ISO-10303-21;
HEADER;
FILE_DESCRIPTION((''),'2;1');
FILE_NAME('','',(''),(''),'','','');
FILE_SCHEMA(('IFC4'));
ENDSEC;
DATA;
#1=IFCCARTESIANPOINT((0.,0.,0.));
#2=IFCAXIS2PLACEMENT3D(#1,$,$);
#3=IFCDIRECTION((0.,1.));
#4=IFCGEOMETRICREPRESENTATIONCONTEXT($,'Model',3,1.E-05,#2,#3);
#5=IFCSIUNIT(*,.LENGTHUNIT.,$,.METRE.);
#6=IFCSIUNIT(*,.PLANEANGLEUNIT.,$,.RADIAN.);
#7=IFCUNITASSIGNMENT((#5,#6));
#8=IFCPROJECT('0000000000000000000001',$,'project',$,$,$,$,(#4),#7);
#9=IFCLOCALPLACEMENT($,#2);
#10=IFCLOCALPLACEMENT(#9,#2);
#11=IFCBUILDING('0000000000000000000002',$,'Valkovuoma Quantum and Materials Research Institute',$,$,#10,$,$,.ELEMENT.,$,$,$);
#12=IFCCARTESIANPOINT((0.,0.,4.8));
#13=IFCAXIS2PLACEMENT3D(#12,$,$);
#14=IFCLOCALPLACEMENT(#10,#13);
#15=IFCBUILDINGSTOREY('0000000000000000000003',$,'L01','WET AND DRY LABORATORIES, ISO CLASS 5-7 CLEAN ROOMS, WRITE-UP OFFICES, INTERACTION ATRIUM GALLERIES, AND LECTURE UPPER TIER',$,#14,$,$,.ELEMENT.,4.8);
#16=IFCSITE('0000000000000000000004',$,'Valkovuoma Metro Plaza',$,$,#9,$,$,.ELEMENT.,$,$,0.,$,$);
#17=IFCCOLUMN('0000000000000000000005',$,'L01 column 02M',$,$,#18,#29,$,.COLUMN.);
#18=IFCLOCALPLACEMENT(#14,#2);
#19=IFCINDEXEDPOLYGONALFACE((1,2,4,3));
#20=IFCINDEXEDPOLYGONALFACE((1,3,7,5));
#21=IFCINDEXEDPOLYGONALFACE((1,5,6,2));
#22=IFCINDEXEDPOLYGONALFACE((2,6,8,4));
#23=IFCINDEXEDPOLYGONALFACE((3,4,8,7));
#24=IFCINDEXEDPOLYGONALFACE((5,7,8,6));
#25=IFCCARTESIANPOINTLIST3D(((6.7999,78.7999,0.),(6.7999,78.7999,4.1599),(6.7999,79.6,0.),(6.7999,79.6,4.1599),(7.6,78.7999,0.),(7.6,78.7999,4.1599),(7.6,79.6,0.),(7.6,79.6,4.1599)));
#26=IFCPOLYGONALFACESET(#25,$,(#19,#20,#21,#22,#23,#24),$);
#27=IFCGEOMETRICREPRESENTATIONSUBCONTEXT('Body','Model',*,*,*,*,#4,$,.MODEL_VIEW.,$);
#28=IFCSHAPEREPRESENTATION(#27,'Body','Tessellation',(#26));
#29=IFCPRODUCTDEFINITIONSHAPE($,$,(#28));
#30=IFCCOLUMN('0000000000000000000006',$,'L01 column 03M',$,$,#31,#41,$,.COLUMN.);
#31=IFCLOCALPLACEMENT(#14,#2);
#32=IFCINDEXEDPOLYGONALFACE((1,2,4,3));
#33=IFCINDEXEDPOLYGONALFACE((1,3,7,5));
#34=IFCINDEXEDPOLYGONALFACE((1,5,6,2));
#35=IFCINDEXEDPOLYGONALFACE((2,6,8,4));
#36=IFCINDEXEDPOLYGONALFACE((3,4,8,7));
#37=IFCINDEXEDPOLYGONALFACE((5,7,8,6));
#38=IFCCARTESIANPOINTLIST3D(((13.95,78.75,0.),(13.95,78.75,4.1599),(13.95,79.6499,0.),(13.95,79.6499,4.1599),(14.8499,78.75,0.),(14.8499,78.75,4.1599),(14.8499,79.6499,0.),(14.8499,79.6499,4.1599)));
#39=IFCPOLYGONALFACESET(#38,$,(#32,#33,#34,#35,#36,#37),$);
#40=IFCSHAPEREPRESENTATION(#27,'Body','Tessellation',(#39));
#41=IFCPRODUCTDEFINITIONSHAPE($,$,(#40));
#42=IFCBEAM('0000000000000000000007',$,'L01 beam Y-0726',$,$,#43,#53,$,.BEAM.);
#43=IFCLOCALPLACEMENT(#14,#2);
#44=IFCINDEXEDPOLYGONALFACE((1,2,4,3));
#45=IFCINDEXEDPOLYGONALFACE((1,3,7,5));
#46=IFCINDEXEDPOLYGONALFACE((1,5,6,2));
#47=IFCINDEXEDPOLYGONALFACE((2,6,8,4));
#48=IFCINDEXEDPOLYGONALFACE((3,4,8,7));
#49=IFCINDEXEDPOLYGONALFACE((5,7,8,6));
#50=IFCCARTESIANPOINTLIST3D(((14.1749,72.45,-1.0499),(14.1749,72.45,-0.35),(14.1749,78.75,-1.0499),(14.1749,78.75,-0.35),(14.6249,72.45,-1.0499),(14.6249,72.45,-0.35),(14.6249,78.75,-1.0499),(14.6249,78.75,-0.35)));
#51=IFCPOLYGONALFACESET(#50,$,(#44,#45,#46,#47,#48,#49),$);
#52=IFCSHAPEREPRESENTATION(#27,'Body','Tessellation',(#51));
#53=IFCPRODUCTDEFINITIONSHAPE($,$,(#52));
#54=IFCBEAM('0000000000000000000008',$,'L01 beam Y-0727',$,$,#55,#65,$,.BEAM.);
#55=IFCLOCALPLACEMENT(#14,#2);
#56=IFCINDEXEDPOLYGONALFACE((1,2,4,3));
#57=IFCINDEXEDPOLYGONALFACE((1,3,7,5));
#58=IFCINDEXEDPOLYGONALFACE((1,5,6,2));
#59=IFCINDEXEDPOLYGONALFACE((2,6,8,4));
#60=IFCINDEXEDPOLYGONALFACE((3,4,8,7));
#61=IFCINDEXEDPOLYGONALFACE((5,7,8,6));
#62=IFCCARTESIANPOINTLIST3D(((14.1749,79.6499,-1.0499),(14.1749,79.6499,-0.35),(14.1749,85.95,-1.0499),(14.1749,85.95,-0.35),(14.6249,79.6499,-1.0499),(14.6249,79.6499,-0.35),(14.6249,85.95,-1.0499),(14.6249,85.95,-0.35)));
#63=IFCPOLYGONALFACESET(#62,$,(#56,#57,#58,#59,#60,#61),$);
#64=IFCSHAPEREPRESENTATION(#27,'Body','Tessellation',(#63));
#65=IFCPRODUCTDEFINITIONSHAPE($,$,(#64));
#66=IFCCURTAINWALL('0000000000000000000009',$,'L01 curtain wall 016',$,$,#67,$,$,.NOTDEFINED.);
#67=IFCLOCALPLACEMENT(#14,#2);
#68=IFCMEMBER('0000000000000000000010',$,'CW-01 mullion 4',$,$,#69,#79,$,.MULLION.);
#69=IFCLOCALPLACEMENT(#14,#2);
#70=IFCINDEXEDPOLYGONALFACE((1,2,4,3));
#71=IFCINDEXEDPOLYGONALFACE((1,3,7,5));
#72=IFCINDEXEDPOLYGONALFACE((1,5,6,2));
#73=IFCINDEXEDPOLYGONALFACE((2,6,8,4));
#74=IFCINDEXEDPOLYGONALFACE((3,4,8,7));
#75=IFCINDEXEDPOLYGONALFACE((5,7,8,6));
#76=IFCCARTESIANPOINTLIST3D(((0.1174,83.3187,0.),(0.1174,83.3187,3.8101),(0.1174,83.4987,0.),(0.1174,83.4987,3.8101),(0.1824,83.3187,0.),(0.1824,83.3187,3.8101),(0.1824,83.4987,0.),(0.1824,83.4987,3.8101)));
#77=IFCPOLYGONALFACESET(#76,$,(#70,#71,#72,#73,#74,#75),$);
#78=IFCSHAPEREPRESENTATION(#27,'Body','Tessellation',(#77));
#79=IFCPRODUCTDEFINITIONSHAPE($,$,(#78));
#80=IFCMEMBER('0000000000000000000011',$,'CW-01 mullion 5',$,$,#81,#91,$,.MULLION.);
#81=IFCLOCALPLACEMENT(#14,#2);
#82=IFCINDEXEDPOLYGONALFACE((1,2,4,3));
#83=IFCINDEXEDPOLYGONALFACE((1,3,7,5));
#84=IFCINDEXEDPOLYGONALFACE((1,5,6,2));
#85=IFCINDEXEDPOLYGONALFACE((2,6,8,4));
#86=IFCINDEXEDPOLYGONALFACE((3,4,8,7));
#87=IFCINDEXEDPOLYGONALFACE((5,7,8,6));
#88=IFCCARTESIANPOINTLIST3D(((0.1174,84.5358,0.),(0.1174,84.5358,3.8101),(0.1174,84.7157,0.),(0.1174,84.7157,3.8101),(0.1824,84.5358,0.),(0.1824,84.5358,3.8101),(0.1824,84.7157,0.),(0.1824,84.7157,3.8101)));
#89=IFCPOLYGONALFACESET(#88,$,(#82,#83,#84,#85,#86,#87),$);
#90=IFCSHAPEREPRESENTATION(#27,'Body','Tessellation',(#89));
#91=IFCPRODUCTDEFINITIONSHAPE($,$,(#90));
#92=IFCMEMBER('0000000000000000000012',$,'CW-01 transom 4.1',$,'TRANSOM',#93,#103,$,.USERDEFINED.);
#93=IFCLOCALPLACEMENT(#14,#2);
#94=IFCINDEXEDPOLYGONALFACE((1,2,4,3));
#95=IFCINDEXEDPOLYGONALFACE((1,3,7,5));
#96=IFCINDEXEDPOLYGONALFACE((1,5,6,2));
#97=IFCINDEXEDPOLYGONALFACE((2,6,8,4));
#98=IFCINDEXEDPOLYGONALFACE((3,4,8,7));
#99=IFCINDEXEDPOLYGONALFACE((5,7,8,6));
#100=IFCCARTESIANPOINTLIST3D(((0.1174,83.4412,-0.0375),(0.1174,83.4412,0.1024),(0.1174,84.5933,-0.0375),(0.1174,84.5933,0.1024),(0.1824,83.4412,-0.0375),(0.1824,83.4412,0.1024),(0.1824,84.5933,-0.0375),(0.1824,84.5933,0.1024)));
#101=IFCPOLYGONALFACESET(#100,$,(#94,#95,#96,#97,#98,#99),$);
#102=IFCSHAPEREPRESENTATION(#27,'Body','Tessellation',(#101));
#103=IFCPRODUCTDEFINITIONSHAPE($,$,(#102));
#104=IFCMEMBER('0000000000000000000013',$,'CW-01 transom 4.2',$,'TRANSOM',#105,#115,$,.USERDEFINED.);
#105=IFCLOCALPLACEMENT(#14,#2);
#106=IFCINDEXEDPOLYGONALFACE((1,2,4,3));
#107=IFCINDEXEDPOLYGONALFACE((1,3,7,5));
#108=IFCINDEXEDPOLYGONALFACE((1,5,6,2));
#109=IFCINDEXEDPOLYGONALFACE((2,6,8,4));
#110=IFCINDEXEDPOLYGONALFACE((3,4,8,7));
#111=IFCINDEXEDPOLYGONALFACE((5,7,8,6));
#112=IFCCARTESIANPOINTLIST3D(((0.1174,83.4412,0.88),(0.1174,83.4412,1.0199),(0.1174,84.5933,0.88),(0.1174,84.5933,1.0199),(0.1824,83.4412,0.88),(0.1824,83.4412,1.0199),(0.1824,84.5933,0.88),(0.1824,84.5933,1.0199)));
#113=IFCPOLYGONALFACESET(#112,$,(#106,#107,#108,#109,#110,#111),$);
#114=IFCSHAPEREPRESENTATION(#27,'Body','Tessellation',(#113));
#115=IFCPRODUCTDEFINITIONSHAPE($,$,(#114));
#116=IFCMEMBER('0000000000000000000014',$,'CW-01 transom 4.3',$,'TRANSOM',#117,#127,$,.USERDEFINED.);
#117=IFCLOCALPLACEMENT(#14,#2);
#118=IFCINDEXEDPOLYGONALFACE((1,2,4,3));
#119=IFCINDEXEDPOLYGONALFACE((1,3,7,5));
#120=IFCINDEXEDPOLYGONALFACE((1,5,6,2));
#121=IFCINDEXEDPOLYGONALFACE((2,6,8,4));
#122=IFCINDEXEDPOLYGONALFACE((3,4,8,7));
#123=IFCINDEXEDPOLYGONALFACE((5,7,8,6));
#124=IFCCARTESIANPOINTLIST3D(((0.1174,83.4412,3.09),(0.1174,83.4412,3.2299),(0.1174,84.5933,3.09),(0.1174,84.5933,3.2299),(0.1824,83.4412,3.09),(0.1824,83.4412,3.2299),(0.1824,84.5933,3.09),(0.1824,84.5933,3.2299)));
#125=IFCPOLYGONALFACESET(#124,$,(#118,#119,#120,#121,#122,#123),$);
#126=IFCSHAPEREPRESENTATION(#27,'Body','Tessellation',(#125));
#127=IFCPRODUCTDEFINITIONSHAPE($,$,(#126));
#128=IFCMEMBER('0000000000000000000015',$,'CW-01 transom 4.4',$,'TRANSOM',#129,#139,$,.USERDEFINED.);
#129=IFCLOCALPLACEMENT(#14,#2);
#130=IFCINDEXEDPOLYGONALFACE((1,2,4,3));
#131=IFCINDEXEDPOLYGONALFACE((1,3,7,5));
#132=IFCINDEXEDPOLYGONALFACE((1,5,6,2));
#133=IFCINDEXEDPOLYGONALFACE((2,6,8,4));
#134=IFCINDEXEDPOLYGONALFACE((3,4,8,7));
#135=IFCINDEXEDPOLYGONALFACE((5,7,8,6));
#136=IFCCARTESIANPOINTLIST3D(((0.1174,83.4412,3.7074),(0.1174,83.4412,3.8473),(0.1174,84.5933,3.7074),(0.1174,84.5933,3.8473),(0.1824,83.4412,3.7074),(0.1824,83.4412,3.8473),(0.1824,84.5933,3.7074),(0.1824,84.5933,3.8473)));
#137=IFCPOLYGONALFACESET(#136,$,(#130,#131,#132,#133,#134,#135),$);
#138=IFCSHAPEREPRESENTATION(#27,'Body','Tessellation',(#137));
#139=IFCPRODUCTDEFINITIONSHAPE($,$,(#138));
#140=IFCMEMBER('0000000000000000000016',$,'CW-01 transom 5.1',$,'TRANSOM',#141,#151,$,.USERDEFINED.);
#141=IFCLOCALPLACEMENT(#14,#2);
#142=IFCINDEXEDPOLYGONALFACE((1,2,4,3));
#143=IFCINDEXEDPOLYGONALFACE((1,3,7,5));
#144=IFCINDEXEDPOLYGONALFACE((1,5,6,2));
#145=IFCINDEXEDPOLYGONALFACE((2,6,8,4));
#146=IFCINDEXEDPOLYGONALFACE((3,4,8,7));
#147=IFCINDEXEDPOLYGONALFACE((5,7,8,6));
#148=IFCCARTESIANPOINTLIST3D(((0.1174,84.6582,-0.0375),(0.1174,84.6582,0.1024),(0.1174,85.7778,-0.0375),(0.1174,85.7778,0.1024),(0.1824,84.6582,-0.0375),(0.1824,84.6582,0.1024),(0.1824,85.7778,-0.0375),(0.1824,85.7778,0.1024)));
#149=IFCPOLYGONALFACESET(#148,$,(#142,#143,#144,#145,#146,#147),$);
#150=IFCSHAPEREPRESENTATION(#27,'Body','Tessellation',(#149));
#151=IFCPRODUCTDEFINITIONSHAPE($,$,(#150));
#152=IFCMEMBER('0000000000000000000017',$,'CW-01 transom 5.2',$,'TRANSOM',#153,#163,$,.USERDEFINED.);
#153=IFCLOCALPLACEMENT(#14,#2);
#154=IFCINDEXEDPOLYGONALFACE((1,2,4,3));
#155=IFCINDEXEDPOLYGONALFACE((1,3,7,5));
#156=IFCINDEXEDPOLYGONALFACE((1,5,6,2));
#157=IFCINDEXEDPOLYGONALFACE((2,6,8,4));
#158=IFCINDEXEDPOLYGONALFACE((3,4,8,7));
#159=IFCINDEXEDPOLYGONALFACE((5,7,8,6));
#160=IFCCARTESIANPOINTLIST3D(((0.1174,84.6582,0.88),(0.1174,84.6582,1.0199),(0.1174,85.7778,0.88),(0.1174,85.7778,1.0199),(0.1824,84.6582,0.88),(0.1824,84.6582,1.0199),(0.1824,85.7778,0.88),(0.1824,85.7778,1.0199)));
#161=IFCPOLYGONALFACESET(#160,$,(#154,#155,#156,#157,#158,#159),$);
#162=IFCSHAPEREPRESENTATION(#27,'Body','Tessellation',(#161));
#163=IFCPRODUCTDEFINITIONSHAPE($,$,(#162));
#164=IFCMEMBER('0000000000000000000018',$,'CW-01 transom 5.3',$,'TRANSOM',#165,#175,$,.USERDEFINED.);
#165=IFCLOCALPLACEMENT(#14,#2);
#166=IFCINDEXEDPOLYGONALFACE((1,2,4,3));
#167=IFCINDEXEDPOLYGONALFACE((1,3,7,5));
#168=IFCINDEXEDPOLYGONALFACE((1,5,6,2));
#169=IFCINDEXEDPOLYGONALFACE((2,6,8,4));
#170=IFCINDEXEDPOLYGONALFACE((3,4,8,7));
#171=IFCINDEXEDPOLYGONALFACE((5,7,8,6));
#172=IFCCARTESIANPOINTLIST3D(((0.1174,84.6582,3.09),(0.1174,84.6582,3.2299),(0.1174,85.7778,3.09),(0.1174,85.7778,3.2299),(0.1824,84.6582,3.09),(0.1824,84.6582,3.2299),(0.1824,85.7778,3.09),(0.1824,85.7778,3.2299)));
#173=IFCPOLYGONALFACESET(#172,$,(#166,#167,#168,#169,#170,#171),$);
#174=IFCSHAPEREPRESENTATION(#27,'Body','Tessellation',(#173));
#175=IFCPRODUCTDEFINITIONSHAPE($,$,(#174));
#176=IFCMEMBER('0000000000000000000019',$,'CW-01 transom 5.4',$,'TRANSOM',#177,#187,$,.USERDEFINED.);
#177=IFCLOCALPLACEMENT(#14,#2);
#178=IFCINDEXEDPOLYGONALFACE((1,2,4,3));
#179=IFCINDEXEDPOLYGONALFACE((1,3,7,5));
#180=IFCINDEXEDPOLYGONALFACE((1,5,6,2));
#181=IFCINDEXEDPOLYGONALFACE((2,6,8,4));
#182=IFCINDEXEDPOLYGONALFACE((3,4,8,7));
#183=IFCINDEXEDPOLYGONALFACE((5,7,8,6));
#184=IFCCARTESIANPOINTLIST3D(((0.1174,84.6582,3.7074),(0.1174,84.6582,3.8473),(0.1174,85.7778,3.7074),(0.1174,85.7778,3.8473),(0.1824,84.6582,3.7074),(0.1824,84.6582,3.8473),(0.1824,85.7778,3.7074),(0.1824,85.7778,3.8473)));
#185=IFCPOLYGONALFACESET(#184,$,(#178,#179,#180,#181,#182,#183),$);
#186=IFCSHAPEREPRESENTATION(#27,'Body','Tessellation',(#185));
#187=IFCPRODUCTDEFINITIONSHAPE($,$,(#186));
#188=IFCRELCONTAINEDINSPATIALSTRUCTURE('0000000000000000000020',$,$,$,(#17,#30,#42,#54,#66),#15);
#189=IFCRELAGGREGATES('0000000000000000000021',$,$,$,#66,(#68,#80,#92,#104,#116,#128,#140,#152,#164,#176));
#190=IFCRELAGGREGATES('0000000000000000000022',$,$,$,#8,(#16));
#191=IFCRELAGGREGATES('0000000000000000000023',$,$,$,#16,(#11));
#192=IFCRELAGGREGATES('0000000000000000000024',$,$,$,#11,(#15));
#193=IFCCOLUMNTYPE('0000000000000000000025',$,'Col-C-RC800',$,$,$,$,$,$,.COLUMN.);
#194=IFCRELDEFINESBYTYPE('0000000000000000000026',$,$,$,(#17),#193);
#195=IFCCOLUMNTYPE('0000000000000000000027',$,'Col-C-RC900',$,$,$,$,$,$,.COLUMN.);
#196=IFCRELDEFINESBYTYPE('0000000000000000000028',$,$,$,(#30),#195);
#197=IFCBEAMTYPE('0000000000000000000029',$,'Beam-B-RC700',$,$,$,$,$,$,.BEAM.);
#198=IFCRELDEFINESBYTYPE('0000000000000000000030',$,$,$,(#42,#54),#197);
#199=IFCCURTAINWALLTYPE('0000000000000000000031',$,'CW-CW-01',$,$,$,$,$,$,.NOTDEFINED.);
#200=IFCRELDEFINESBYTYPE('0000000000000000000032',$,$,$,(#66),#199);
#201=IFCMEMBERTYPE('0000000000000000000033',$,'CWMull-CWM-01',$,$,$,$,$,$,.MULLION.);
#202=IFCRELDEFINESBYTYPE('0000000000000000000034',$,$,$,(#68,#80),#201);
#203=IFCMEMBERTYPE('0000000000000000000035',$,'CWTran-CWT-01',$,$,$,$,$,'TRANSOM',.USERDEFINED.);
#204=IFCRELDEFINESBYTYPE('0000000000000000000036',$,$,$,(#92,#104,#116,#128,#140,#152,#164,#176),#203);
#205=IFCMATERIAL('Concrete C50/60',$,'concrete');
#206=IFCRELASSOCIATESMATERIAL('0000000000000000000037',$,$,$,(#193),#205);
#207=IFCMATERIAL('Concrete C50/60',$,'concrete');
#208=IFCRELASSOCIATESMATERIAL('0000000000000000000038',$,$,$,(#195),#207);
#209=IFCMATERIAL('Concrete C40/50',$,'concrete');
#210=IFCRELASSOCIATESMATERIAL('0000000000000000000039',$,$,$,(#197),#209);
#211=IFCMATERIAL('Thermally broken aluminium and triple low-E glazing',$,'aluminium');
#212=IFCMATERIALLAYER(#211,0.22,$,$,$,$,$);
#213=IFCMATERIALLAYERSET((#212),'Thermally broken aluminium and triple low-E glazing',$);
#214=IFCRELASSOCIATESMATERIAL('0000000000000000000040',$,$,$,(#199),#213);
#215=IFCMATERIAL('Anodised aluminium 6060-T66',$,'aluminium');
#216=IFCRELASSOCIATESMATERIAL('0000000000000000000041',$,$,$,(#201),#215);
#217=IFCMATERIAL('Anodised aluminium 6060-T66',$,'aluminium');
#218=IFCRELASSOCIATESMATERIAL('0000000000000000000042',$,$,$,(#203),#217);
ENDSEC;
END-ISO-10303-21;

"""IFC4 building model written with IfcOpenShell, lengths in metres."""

from ifc_helpers import new_model, si_unit, direction, frame, origin, origin_2d, place, context, subcontext, project, spatial, rectangle, extrude, material, layer, layer_set, material_profile, profile_set, type_object, element, aggregate, save


model = new_model("IFC4")

# Units and contexts
model_context = context("Model", 3, precision=1e-05, world=origin(), true_north=direction((0.0, 1.0)))
body_context = subcontext(model_context, "Body", "Model", "MODEL_VIEW")
ifc_project = project(units=[si_unit("LENGTHUNIT", "METRE"), si_unit("PLANEANGLEUNIT", "RADIAN")], contexts=[model_context])

# Site, building, storey
site_placement = place(None, origin())
site = spatial("IfcSite", under=ifc_project, at=site_placement, Name="Valkovuoma Metro Plaza", CompositionType="ELEMENT", RefElevation=0.0)
building_placement = place(site_placement, origin())
building = spatial("IfcBuilding", under=site, at=building_placement, Name="Valkovuoma Quantum and Materials Research Institute", CompositionType="ELEMENT")
storey_placement = place(building_placement, frame((0.0, 0.0, 4.8)))
storey = spatial("IfcBuildingStorey", under=building, at=storey_placement, Name="L01", Description="WET AND DRY LABORATORIES, ISO CLASS 5-7 CLEAN ROOMS, WRITE-UP OFFICES, INTERACTION ATRIUM GALLERIES, AND LECTURE UPPER TIER", CompositionType="ELEMENT", Elevation=4.8)

# Columns
ifc_material_1 = material(Name="Concrete C50/60", Category="concrete")
ifc_material_profile_1 = material_profile(ifc_material_1, rectangle(XDim=0.8, YDim=0.8, at=origin_2d()), Name="Concrete C50/60")
ifc_profile_set_1 = profile_set([ifc_material_profile_1], Name="Concrete C50/60")
column_type_1 = type_object("IfcColumnType", Name="Col-C-RC800", PredefinedType="COLUMN", material=ifc_profile_set_1)
column_1_placement = place(storey_placement, frame((7.2, 79.2, 0.0), z_axis=(0.0, 0.0, 1.0), x_axis=(1.0, 0.0, 0.0)))
element("IfcColumn", 1, at=column_1_placement, inside=storey, type_object=column_type_1, Name="L01 column 02M", PredefinedType="COLUMN", context=body_context, shape_type="SweptSolid", body=[
    extrude(rectangle(XDim=0.8, YDim=0.8, at=origin_2d()), origin(), (0.0, 0.0, 1.0), 4.1599),
])
ifc_material_2 = material(Name="Concrete C50/60", Category="concrete")
ifc_material_profile_2 = material_profile(ifc_material_2, rectangle(XDim=0.8999, YDim=0.8999, at=origin_2d()), Name="Concrete C50/60")
ifc_profile_set_2 = profile_set([ifc_material_profile_2], Name="Concrete C50/60")
column_type_2 = type_object("IfcColumnType", Name="Col-C-RC900", PredefinedType="COLUMN", material=ifc_profile_set_2)
column_2_placement = place(storey_placement, frame((14.3999, 79.2, 0.0), z_axis=(0.0, 0.0, 1.0), x_axis=(1.0, 0.0, 0.0)))
element("IfcColumn", 2, at=column_2_placement, inside=storey, type_object=column_type_2, Name="L01 column 03M", PredefinedType="COLUMN", context=body_context, shape_type="SweptSolid", body=[
    extrude(rectangle(XDim=0.8999, YDim=0.8999, at=origin_2d()), origin(), (0.0, 0.0, 1.0), 4.1599),
])

# Beams
ifc_material_3 = material(Name="Concrete C40/50", Category="concrete")
ifc_material_profile_3 = material_profile(ifc_material_3, rectangle(XDim=0.45, YDim=0.7, at=origin_2d()), Name="Concrete C40/50")
ifc_profile_set_3 = profile_set([ifc_material_profile_3], Name="Concrete C40/50")
beam_type = type_object("IfcBeamType", Name="Beam-B-RC700", PredefinedType="BEAM", material=ifc_profile_set_3)
for number, where, z_axis, x_axis, name in (
    (3, (14.3999, 72.45, -0.7), (0.0, 1.0, 0.0), (-1.0, 0.0, 0.0), "L01 beam Y-0726"),
    (4, (14.3999, 79.6499, -0.7), (0.0, 1.0, 0.0), (-1.0, 0.0, 0.0), "L01 beam Y-0727"),
):
    element("IfcBeam", number, at=place(storey_placement, frame(where, z_axis=z_axis, x_axis=x_axis)), inside=storey, type_object=beam_type, Name=name, PredefinedType="BEAM", context=body_context, shape_type="SweptSolid", body=[
        extrude(rectangle(XDim=0.45, YDim=0.7, at=origin_2d()), origin(), (0.0, 0.0, 1.0), 6.3),
    ])

# Curtain wall, members
ifc_material_4 = material(Name="Thermally broken aluminium and triple low-E glazing", Category="aluminium")
ifc_layer_1 = layer(ifc_material_4, 0.22)
ifc_layer_set_1 = layer_set([ifc_layer_1], Name="Thermally broken aluminium and triple low-E glazing")
curtain_wall_type = type_object("IfcCurtainWallType", Name="CW-CW-01", PredefinedType="NOTDEFINED", material=ifc_layer_set_1)
curtain_wall_placement = place(storey_placement, origin())
curtain_wall = element("IfcCurtainWall", 5, at=curtain_wall_placement, inside=storey, type_object=curtain_wall_type, Name="L01 curtain wall 016", PredefinedType="NOTDEFINED")
ifc_material_5 = material(Name="Anodised aluminium 6060-T66", Category="aluminium")
ifc_material_profile_4 = material_profile(ifc_material_5, rectangle(XDim=0.0649, YDim=0.1799, at=origin_2d()), Name="Anodised aluminium 6060-T66")
ifc_profile_set_4 = profile_set([ifc_material_profile_4], Name="Anodised aluminium 6060-T66")
member_type_1 = type_object("IfcMemberType", Name="CWMull-CWM-01", PredefinedType="MULLION", material=ifc_profile_set_4)
member_1_placement = place(storey_placement, frame((0.1499, 83.4087, 0.0), z_axis=(0.0, 0.0, 1.0), x_axis=(-1.0, 0.0, 0.0)))
member_1 = element("IfcMember", 6, at=member_1_placement, type_object=member_type_1, Name="CW-01 mullion 4", PredefinedType="MULLION", context=body_context, shape_type="SweptSolid", body=[
    extrude(rectangle(XDim=0.0649, YDim=0.1799, at=origin_2d()), origin(), (0.0, 0.0, 1.0), 3.8101),
])
member_2_placement = place(storey_placement, frame((0.1499, 84.6257, 0.0), z_axis=(0.0, 0.0, 1.0), x_axis=(-1.0, 0.0, 0.0)))
member_2 = element("IfcMember", 7, at=member_2_placement, type_object=member_type_1, Name="CW-01 mullion 5", PredefinedType="MULLION", context=body_context, shape_type="SweptSolid", body=[
    extrude(rectangle(XDim=0.0649, YDim=0.1799, at=origin_2d()), origin(), (0.0, 0.0, 1.0), 3.8101),
])
ifc_material_6 = material(Name="Anodised aluminium 6060-T66", Category="aluminium")
ifc_material_profile_5 = material_profile(ifc_material_6, rectangle(XDim=0.0649, YDim=0.1399, at=origin_2d()), Name="Anodised aluminium 6060-T66")
ifc_profile_set_5 = profile_set([ifc_material_profile_5], Name="Anodised aluminium 6060-T66")
member_type_2 = type_object("IfcMemberType", Name="CWTran-CWT-01", ElementType="TRANSOM", PredefinedType="USERDEFINED", material=ifc_profile_set_5)
member_3_placement = place(storey_placement, frame((0.1499, 83.4412, 0.0325), z_axis=(0.0, 1.0, 0.0), x_axis=(-1.0, 0.0, 0.0)))
member_3 = element("IfcMember", 8, at=member_3_placement, type_object=member_type_2, Name="CW-01 transom 4.1", ObjectType="TRANSOM", PredefinedType="USERDEFINED", context=body_context, shape_type="SweptSolid", body=[
    extrude(rectangle(XDim=0.0649, YDim=0.1399, at=origin_2d()), origin(), (0.0, 0.0, 1.0), 1.1521),
])
member_4_placement = place(storey_placement, frame((0.1499, 83.4412, 0.95), z_axis=(0.0, 1.0, 0.0), x_axis=(-1.0, 0.0, 0.0)))
member_4 = element("IfcMember", 9, at=member_4_placement, type_object=member_type_2, Name="CW-01 transom 4.2", ObjectType="TRANSOM", PredefinedType="USERDEFINED", context=body_context, shape_type="SweptSolid", body=[
    extrude(rectangle(XDim=0.0649, YDim=0.1399, at=origin_2d()), origin(), (0.0, 0.0, 1.0), 1.1521),
])
member_5_placement = place(storey_placement, frame((0.1499, 83.4412, 3.1599), z_axis=(0.0, 1.0, 0.0), x_axis=(-1.0, 0.0, 0.0)))
member_5 = element("IfcMember", 10, at=member_5_placement, type_object=member_type_2, Name="CW-01 transom 4.3", ObjectType="TRANSOM", PredefinedType="USERDEFINED", context=body_context, shape_type="SweptSolid", body=[
    extrude(rectangle(XDim=0.0649, YDim=0.1399, at=origin_2d()), origin(), (0.0, 0.0, 1.0), 1.1521),
])
member_6_placement = place(storey_placement, frame((0.1499, 83.4412, 3.7773), z_axis=(0.0, 1.0, 0.0), x_axis=(-1.0, 0.0, 0.0)))
member_6 = element("IfcMember", 11, at=member_6_placement, type_object=member_type_2, Name="CW-01 transom 4.4", ObjectType="TRANSOM", PredefinedType="USERDEFINED", context=body_context, shape_type="SweptSolid", body=[
    extrude(rectangle(XDim=0.0649, YDim=0.1399, at=origin_2d()), origin(), (0.0, 0.0, 1.0), 1.1521),
])
member_7_placement = place(storey_placement, frame((0.1499, 84.6582, 0.0325), z_axis=(0.0, 1.0, 0.0), x_axis=(-1.0, 0.0, 0.0)))
member_7 = element("IfcMember", 12, at=member_7_placement, type_object=member_type_2, Name="CW-01 transom 5.1", ObjectType="TRANSOM", PredefinedType="USERDEFINED", context=body_context, shape_type="SweptSolid", body=[
    extrude(rectangle(XDim=0.0649, YDim=0.1399, at=origin_2d()), origin(), (0.0, 0.0, 1.0), 1.1196),
])
member_8_placement = place(storey_placement, frame((0.1499, 84.6582, 0.95), z_axis=(0.0, 1.0, 0.0), x_axis=(-1.0, 0.0, 0.0)))
member_8 = element("IfcMember", 13, at=member_8_placement, type_object=member_type_2, Name="CW-01 transom 5.2", ObjectType="TRANSOM", PredefinedType="USERDEFINED", context=body_context, shape_type="SweptSolid", body=[
    extrude(rectangle(XDim=0.0649, YDim=0.1399, at=origin_2d()), origin(), (0.0, 0.0, 1.0), 1.1196),
])
member_9_placement = place(storey_placement, frame((0.1499, 84.6582, 3.1599), z_axis=(0.0, 1.0, 0.0), x_axis=(-1.0, 0.0, 0.0)))
member_9 = element("IfcMember", 14, at=member_9_placement, type_object=member_type_2, Name="CW-01 transom 5.3", ObjectType="TRANSOM", PredefinedType="USERDEFINED", context=body_context, shape_type="SweptSolid", body=[
    extrude(rectangle(XDim=0.0649, YDim=0.1399, at=origin_2d()), origin(), (0.0, 0.0, 1.0), 1.1196),
])
member_10_placement = place(storey_placement, frame((0.1499, 84.6582, 3.7773), z_axis=(0.0, 1.0, 0.0), x_axis=(-1.0, 0.0, 0.0)))
member_10 = element("IfcMember", 15, at=member_10_placement, type_object=member_type_2, Name="CW-01 transom 5.4", ObjectType="TRANSOM", PredefinedType="USERDEFINED", context=body_context, shape_type="SweptSolid", body=[
    extrude(rectangle(XDim=0.0649, YDim=0.1399, at=origin_2d()), origin(), (0.0, 0.0, 1.0), 1.1196),
])
aggregate(curtain_wall, [member_1, member_2, member_3, member_4, member_5, member_6, member_7, member_8, member_9, member_10])

save(model, "model.ifc")
